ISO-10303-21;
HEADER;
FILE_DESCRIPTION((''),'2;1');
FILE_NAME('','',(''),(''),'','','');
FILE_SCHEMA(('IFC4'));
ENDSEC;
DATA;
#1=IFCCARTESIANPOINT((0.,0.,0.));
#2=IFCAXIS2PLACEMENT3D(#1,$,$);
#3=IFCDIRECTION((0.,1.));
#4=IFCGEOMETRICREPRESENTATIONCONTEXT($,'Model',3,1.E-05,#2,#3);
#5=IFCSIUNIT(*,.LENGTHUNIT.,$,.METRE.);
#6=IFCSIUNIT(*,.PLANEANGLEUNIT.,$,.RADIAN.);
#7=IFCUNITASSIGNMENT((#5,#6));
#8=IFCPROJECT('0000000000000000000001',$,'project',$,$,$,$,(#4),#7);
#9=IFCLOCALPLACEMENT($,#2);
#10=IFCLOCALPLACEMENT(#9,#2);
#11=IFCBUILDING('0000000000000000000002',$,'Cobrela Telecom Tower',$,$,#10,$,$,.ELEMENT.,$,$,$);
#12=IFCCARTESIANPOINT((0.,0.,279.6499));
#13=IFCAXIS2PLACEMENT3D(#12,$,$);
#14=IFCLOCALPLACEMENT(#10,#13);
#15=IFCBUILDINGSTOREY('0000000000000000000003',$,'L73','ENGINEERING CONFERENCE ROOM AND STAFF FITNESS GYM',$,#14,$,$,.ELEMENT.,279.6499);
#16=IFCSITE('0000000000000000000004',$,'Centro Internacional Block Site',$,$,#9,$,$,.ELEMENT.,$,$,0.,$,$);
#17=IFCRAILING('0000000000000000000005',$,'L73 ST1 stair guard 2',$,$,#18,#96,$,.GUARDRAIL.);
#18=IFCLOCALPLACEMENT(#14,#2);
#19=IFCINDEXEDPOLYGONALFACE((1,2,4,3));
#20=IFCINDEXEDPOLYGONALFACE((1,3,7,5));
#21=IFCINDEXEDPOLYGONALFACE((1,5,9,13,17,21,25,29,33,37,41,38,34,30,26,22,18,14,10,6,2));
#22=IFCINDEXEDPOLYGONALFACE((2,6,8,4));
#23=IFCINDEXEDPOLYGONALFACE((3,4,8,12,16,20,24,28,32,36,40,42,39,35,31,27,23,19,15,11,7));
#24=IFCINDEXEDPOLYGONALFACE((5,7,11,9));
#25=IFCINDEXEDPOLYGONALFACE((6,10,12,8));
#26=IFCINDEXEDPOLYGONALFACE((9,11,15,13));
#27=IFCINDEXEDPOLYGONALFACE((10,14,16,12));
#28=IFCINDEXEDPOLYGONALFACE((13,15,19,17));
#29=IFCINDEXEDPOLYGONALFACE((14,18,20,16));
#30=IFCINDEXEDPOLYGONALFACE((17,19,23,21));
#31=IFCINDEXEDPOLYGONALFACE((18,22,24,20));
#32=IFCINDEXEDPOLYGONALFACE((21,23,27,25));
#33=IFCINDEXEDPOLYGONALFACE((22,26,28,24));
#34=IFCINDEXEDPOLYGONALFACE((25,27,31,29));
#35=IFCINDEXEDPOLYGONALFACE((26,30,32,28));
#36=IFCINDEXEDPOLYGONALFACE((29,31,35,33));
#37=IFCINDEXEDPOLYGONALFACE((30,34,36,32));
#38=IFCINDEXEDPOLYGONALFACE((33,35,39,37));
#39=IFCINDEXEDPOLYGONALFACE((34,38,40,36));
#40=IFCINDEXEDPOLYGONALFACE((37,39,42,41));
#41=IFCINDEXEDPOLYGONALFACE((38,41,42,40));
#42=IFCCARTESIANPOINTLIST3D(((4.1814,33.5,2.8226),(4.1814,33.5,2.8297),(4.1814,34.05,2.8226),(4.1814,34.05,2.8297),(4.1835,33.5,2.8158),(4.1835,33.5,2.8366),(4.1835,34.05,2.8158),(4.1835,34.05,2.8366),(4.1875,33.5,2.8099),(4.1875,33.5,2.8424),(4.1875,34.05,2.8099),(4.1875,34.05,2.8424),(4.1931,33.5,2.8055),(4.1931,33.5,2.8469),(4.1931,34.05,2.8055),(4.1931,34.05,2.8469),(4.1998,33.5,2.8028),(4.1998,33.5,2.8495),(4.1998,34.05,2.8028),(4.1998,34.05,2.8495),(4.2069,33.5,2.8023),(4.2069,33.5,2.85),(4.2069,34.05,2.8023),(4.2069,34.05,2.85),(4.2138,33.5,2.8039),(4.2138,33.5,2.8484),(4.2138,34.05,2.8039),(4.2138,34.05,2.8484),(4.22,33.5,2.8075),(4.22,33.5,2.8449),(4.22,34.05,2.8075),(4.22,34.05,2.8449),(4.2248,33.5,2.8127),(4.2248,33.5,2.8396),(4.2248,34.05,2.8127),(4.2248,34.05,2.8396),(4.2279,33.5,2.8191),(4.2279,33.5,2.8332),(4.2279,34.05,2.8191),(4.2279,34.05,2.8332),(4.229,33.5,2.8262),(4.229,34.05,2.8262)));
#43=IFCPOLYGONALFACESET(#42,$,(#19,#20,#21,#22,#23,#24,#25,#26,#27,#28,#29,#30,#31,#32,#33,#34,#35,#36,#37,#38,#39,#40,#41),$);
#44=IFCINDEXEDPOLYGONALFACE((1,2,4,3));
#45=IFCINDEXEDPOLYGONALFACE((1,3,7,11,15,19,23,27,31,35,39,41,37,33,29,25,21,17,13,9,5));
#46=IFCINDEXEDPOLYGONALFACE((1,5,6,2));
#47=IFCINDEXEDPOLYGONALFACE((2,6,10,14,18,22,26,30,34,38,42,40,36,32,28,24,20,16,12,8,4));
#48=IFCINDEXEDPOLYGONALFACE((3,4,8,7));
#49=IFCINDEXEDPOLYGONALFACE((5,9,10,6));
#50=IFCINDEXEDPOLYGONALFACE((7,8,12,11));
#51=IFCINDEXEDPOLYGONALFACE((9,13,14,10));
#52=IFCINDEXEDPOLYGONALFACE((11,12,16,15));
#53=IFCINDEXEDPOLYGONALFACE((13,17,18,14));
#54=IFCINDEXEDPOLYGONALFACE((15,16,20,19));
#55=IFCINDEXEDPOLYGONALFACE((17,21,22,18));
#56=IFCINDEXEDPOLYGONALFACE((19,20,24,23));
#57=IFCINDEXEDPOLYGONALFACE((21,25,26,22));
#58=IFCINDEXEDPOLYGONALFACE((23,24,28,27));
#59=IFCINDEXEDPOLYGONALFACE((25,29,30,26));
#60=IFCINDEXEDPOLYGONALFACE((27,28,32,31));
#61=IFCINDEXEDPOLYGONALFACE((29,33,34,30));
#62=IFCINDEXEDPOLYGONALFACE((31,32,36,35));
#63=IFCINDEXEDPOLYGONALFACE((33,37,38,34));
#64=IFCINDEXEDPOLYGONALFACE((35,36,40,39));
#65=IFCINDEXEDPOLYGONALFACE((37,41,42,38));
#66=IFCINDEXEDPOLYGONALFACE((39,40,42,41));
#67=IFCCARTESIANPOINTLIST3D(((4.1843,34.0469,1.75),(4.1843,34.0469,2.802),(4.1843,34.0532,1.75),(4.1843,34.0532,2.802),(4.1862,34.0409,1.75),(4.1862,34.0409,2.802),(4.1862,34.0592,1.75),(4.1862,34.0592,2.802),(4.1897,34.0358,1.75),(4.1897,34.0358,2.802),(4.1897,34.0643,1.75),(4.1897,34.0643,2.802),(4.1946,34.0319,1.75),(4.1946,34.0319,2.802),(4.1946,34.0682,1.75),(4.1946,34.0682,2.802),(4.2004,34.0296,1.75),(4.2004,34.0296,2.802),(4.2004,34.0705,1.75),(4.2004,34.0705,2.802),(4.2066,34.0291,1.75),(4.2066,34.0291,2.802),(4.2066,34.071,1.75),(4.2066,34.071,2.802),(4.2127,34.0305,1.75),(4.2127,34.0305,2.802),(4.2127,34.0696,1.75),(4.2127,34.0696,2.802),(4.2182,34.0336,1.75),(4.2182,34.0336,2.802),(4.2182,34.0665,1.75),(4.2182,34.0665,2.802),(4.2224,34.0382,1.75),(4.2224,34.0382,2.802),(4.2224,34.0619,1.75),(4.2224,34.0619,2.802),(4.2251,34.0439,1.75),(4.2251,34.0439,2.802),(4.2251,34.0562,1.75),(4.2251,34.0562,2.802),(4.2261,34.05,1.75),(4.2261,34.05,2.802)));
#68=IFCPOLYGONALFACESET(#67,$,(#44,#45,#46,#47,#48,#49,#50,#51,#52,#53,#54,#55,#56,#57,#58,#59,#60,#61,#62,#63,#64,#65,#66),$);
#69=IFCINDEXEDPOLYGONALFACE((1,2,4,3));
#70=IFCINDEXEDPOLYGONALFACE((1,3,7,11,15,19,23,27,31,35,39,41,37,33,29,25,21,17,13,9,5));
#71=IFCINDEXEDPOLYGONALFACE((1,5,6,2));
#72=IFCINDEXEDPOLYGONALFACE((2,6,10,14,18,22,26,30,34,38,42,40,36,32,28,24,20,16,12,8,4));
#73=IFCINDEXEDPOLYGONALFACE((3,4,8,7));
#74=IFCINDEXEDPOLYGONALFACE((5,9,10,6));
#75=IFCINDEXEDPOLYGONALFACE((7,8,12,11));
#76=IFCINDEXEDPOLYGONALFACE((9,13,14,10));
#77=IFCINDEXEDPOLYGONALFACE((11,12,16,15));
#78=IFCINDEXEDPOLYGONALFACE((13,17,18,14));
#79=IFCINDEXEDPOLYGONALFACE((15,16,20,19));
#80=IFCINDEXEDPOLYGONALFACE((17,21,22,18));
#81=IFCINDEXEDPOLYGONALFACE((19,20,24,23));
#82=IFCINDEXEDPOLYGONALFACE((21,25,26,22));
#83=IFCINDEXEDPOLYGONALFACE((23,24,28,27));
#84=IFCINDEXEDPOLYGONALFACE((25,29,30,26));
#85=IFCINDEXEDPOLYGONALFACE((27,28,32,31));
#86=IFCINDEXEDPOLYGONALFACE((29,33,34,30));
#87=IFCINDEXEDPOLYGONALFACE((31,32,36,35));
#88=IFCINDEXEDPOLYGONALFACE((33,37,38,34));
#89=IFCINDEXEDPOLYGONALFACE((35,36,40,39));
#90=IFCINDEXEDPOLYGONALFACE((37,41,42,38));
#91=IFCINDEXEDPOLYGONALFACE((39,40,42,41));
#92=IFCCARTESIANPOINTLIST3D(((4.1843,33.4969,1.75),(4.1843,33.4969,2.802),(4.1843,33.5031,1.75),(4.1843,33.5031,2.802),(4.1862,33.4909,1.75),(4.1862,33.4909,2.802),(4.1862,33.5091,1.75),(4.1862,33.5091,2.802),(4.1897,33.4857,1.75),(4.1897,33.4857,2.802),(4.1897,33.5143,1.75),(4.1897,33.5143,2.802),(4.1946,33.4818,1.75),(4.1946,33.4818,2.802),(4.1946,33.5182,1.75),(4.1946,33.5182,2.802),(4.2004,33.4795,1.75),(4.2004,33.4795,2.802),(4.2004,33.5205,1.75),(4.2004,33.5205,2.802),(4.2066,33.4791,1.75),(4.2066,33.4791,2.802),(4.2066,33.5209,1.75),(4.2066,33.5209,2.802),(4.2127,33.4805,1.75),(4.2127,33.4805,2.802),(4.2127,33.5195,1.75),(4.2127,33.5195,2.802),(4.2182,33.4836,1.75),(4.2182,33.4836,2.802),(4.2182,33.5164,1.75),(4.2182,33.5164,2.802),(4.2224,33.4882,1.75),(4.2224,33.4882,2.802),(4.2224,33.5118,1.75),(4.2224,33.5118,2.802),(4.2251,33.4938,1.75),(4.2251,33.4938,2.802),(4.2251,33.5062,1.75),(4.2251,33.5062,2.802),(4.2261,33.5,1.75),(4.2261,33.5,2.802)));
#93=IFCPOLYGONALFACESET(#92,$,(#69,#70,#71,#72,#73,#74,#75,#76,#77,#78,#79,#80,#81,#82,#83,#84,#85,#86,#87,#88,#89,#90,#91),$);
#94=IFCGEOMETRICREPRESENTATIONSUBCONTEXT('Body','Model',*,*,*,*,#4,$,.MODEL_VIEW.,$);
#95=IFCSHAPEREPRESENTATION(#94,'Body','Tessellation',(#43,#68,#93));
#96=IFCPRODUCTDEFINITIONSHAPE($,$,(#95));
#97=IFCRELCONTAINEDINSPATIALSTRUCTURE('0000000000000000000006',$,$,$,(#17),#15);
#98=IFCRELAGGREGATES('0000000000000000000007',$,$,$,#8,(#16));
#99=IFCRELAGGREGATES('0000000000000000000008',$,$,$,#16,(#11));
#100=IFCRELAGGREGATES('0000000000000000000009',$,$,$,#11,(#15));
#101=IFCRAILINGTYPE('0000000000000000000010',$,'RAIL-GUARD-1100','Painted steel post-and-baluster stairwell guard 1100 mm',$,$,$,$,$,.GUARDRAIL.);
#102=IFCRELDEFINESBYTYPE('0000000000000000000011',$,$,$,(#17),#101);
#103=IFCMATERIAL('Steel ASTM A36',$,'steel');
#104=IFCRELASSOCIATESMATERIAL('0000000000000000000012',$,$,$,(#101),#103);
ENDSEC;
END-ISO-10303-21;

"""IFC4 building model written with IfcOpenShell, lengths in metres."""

from ifc_helpers import new_model, si_unit, direction, frame, origin, origin_2d, place, context, subcontext, project, spatial, circle, extrude, material, type_object, element, save


model = new_model("IFC4")

# Units and contexts
model_context = context("Model", 3, precision=1e-05, world=origin(), true_north=direction((0.0, 1.0)))
body_context = subcontext(model_context, "Body", "Model", "MODEL_VIEW")
ifc_project = project(units=[si_unit("LENGTHUNIT", "METRE"), si_unit("PLANEANGLEUNIT", "RADIAN")], contexts=[model_context])

# Site, building, storey
site_placement = place(None, origin())
site = spatial("IfcSite", under=ifc_project, at=site_placement, Name="Centro Internacional Block Site", CompositionType="ELEMENT", RefElevation=0.0)
building_placement = place(site_placement, origin())
building = spatial("IfcBuilding", under=site, at=building_placement, Name="Cobrela Telecom Tower", CompositionType="ELEMENT")
storey_placement = place(building_placement, frame((0.0, 0.0, 279.6499)))
storey = spatial("IfcBuildingStorey", under=building, at=storey_placement, Name="L73", Description="ENGINEERING CONFERENCE ROOM AND STAFF FITNESS GYM", CompositionType="ELEMENT", Elevation=279.6499)

# Shared definitions
ifc_material_1 = material(Name="Steel ASTM A36", Category="steel")

# Railing
railing_type_1 = type_object("IfcRailingType", Name="RAIL-GUARD-1100", Description="Painted steel post-and-baluster stairwell guard 1100 mm", PredefinedType="GUARDRAIL", material=ifc_material_1)
railing_1_placement = place(storey_placement, frame((4.2051, 34.05, 1.75)))
element("IfcRailing", 1, at=railing_1_placement, inside=storey, type_object=railing_type_1, Name="L73 ST1 stair guard 2", PredefinedType="GUARDRAIL", context=body_context, shape_type="SweptSolid", body=[
    extrude(circle(Radius=0.0239, at=origin_2d()), frame((0.0, 0.0, 1.0762), z_axis=(0.0, -1.0, 0.0), x_axis=(1.0, 0.0, 0.0)), (0.0, 0.0, 1.0), 0.55),
    extrude(circle(Radius=0.021, at=origin_2d()), origin(), (0.0, 0.0, 1.0), 1.052),
    extrude(circle(Radius=0.021, at=origin_2d()), frame((0.0, -0.55, 0.0)), (0.0, 0.0, 1.0), 1.052),
])

save(model, "model.ifc")
